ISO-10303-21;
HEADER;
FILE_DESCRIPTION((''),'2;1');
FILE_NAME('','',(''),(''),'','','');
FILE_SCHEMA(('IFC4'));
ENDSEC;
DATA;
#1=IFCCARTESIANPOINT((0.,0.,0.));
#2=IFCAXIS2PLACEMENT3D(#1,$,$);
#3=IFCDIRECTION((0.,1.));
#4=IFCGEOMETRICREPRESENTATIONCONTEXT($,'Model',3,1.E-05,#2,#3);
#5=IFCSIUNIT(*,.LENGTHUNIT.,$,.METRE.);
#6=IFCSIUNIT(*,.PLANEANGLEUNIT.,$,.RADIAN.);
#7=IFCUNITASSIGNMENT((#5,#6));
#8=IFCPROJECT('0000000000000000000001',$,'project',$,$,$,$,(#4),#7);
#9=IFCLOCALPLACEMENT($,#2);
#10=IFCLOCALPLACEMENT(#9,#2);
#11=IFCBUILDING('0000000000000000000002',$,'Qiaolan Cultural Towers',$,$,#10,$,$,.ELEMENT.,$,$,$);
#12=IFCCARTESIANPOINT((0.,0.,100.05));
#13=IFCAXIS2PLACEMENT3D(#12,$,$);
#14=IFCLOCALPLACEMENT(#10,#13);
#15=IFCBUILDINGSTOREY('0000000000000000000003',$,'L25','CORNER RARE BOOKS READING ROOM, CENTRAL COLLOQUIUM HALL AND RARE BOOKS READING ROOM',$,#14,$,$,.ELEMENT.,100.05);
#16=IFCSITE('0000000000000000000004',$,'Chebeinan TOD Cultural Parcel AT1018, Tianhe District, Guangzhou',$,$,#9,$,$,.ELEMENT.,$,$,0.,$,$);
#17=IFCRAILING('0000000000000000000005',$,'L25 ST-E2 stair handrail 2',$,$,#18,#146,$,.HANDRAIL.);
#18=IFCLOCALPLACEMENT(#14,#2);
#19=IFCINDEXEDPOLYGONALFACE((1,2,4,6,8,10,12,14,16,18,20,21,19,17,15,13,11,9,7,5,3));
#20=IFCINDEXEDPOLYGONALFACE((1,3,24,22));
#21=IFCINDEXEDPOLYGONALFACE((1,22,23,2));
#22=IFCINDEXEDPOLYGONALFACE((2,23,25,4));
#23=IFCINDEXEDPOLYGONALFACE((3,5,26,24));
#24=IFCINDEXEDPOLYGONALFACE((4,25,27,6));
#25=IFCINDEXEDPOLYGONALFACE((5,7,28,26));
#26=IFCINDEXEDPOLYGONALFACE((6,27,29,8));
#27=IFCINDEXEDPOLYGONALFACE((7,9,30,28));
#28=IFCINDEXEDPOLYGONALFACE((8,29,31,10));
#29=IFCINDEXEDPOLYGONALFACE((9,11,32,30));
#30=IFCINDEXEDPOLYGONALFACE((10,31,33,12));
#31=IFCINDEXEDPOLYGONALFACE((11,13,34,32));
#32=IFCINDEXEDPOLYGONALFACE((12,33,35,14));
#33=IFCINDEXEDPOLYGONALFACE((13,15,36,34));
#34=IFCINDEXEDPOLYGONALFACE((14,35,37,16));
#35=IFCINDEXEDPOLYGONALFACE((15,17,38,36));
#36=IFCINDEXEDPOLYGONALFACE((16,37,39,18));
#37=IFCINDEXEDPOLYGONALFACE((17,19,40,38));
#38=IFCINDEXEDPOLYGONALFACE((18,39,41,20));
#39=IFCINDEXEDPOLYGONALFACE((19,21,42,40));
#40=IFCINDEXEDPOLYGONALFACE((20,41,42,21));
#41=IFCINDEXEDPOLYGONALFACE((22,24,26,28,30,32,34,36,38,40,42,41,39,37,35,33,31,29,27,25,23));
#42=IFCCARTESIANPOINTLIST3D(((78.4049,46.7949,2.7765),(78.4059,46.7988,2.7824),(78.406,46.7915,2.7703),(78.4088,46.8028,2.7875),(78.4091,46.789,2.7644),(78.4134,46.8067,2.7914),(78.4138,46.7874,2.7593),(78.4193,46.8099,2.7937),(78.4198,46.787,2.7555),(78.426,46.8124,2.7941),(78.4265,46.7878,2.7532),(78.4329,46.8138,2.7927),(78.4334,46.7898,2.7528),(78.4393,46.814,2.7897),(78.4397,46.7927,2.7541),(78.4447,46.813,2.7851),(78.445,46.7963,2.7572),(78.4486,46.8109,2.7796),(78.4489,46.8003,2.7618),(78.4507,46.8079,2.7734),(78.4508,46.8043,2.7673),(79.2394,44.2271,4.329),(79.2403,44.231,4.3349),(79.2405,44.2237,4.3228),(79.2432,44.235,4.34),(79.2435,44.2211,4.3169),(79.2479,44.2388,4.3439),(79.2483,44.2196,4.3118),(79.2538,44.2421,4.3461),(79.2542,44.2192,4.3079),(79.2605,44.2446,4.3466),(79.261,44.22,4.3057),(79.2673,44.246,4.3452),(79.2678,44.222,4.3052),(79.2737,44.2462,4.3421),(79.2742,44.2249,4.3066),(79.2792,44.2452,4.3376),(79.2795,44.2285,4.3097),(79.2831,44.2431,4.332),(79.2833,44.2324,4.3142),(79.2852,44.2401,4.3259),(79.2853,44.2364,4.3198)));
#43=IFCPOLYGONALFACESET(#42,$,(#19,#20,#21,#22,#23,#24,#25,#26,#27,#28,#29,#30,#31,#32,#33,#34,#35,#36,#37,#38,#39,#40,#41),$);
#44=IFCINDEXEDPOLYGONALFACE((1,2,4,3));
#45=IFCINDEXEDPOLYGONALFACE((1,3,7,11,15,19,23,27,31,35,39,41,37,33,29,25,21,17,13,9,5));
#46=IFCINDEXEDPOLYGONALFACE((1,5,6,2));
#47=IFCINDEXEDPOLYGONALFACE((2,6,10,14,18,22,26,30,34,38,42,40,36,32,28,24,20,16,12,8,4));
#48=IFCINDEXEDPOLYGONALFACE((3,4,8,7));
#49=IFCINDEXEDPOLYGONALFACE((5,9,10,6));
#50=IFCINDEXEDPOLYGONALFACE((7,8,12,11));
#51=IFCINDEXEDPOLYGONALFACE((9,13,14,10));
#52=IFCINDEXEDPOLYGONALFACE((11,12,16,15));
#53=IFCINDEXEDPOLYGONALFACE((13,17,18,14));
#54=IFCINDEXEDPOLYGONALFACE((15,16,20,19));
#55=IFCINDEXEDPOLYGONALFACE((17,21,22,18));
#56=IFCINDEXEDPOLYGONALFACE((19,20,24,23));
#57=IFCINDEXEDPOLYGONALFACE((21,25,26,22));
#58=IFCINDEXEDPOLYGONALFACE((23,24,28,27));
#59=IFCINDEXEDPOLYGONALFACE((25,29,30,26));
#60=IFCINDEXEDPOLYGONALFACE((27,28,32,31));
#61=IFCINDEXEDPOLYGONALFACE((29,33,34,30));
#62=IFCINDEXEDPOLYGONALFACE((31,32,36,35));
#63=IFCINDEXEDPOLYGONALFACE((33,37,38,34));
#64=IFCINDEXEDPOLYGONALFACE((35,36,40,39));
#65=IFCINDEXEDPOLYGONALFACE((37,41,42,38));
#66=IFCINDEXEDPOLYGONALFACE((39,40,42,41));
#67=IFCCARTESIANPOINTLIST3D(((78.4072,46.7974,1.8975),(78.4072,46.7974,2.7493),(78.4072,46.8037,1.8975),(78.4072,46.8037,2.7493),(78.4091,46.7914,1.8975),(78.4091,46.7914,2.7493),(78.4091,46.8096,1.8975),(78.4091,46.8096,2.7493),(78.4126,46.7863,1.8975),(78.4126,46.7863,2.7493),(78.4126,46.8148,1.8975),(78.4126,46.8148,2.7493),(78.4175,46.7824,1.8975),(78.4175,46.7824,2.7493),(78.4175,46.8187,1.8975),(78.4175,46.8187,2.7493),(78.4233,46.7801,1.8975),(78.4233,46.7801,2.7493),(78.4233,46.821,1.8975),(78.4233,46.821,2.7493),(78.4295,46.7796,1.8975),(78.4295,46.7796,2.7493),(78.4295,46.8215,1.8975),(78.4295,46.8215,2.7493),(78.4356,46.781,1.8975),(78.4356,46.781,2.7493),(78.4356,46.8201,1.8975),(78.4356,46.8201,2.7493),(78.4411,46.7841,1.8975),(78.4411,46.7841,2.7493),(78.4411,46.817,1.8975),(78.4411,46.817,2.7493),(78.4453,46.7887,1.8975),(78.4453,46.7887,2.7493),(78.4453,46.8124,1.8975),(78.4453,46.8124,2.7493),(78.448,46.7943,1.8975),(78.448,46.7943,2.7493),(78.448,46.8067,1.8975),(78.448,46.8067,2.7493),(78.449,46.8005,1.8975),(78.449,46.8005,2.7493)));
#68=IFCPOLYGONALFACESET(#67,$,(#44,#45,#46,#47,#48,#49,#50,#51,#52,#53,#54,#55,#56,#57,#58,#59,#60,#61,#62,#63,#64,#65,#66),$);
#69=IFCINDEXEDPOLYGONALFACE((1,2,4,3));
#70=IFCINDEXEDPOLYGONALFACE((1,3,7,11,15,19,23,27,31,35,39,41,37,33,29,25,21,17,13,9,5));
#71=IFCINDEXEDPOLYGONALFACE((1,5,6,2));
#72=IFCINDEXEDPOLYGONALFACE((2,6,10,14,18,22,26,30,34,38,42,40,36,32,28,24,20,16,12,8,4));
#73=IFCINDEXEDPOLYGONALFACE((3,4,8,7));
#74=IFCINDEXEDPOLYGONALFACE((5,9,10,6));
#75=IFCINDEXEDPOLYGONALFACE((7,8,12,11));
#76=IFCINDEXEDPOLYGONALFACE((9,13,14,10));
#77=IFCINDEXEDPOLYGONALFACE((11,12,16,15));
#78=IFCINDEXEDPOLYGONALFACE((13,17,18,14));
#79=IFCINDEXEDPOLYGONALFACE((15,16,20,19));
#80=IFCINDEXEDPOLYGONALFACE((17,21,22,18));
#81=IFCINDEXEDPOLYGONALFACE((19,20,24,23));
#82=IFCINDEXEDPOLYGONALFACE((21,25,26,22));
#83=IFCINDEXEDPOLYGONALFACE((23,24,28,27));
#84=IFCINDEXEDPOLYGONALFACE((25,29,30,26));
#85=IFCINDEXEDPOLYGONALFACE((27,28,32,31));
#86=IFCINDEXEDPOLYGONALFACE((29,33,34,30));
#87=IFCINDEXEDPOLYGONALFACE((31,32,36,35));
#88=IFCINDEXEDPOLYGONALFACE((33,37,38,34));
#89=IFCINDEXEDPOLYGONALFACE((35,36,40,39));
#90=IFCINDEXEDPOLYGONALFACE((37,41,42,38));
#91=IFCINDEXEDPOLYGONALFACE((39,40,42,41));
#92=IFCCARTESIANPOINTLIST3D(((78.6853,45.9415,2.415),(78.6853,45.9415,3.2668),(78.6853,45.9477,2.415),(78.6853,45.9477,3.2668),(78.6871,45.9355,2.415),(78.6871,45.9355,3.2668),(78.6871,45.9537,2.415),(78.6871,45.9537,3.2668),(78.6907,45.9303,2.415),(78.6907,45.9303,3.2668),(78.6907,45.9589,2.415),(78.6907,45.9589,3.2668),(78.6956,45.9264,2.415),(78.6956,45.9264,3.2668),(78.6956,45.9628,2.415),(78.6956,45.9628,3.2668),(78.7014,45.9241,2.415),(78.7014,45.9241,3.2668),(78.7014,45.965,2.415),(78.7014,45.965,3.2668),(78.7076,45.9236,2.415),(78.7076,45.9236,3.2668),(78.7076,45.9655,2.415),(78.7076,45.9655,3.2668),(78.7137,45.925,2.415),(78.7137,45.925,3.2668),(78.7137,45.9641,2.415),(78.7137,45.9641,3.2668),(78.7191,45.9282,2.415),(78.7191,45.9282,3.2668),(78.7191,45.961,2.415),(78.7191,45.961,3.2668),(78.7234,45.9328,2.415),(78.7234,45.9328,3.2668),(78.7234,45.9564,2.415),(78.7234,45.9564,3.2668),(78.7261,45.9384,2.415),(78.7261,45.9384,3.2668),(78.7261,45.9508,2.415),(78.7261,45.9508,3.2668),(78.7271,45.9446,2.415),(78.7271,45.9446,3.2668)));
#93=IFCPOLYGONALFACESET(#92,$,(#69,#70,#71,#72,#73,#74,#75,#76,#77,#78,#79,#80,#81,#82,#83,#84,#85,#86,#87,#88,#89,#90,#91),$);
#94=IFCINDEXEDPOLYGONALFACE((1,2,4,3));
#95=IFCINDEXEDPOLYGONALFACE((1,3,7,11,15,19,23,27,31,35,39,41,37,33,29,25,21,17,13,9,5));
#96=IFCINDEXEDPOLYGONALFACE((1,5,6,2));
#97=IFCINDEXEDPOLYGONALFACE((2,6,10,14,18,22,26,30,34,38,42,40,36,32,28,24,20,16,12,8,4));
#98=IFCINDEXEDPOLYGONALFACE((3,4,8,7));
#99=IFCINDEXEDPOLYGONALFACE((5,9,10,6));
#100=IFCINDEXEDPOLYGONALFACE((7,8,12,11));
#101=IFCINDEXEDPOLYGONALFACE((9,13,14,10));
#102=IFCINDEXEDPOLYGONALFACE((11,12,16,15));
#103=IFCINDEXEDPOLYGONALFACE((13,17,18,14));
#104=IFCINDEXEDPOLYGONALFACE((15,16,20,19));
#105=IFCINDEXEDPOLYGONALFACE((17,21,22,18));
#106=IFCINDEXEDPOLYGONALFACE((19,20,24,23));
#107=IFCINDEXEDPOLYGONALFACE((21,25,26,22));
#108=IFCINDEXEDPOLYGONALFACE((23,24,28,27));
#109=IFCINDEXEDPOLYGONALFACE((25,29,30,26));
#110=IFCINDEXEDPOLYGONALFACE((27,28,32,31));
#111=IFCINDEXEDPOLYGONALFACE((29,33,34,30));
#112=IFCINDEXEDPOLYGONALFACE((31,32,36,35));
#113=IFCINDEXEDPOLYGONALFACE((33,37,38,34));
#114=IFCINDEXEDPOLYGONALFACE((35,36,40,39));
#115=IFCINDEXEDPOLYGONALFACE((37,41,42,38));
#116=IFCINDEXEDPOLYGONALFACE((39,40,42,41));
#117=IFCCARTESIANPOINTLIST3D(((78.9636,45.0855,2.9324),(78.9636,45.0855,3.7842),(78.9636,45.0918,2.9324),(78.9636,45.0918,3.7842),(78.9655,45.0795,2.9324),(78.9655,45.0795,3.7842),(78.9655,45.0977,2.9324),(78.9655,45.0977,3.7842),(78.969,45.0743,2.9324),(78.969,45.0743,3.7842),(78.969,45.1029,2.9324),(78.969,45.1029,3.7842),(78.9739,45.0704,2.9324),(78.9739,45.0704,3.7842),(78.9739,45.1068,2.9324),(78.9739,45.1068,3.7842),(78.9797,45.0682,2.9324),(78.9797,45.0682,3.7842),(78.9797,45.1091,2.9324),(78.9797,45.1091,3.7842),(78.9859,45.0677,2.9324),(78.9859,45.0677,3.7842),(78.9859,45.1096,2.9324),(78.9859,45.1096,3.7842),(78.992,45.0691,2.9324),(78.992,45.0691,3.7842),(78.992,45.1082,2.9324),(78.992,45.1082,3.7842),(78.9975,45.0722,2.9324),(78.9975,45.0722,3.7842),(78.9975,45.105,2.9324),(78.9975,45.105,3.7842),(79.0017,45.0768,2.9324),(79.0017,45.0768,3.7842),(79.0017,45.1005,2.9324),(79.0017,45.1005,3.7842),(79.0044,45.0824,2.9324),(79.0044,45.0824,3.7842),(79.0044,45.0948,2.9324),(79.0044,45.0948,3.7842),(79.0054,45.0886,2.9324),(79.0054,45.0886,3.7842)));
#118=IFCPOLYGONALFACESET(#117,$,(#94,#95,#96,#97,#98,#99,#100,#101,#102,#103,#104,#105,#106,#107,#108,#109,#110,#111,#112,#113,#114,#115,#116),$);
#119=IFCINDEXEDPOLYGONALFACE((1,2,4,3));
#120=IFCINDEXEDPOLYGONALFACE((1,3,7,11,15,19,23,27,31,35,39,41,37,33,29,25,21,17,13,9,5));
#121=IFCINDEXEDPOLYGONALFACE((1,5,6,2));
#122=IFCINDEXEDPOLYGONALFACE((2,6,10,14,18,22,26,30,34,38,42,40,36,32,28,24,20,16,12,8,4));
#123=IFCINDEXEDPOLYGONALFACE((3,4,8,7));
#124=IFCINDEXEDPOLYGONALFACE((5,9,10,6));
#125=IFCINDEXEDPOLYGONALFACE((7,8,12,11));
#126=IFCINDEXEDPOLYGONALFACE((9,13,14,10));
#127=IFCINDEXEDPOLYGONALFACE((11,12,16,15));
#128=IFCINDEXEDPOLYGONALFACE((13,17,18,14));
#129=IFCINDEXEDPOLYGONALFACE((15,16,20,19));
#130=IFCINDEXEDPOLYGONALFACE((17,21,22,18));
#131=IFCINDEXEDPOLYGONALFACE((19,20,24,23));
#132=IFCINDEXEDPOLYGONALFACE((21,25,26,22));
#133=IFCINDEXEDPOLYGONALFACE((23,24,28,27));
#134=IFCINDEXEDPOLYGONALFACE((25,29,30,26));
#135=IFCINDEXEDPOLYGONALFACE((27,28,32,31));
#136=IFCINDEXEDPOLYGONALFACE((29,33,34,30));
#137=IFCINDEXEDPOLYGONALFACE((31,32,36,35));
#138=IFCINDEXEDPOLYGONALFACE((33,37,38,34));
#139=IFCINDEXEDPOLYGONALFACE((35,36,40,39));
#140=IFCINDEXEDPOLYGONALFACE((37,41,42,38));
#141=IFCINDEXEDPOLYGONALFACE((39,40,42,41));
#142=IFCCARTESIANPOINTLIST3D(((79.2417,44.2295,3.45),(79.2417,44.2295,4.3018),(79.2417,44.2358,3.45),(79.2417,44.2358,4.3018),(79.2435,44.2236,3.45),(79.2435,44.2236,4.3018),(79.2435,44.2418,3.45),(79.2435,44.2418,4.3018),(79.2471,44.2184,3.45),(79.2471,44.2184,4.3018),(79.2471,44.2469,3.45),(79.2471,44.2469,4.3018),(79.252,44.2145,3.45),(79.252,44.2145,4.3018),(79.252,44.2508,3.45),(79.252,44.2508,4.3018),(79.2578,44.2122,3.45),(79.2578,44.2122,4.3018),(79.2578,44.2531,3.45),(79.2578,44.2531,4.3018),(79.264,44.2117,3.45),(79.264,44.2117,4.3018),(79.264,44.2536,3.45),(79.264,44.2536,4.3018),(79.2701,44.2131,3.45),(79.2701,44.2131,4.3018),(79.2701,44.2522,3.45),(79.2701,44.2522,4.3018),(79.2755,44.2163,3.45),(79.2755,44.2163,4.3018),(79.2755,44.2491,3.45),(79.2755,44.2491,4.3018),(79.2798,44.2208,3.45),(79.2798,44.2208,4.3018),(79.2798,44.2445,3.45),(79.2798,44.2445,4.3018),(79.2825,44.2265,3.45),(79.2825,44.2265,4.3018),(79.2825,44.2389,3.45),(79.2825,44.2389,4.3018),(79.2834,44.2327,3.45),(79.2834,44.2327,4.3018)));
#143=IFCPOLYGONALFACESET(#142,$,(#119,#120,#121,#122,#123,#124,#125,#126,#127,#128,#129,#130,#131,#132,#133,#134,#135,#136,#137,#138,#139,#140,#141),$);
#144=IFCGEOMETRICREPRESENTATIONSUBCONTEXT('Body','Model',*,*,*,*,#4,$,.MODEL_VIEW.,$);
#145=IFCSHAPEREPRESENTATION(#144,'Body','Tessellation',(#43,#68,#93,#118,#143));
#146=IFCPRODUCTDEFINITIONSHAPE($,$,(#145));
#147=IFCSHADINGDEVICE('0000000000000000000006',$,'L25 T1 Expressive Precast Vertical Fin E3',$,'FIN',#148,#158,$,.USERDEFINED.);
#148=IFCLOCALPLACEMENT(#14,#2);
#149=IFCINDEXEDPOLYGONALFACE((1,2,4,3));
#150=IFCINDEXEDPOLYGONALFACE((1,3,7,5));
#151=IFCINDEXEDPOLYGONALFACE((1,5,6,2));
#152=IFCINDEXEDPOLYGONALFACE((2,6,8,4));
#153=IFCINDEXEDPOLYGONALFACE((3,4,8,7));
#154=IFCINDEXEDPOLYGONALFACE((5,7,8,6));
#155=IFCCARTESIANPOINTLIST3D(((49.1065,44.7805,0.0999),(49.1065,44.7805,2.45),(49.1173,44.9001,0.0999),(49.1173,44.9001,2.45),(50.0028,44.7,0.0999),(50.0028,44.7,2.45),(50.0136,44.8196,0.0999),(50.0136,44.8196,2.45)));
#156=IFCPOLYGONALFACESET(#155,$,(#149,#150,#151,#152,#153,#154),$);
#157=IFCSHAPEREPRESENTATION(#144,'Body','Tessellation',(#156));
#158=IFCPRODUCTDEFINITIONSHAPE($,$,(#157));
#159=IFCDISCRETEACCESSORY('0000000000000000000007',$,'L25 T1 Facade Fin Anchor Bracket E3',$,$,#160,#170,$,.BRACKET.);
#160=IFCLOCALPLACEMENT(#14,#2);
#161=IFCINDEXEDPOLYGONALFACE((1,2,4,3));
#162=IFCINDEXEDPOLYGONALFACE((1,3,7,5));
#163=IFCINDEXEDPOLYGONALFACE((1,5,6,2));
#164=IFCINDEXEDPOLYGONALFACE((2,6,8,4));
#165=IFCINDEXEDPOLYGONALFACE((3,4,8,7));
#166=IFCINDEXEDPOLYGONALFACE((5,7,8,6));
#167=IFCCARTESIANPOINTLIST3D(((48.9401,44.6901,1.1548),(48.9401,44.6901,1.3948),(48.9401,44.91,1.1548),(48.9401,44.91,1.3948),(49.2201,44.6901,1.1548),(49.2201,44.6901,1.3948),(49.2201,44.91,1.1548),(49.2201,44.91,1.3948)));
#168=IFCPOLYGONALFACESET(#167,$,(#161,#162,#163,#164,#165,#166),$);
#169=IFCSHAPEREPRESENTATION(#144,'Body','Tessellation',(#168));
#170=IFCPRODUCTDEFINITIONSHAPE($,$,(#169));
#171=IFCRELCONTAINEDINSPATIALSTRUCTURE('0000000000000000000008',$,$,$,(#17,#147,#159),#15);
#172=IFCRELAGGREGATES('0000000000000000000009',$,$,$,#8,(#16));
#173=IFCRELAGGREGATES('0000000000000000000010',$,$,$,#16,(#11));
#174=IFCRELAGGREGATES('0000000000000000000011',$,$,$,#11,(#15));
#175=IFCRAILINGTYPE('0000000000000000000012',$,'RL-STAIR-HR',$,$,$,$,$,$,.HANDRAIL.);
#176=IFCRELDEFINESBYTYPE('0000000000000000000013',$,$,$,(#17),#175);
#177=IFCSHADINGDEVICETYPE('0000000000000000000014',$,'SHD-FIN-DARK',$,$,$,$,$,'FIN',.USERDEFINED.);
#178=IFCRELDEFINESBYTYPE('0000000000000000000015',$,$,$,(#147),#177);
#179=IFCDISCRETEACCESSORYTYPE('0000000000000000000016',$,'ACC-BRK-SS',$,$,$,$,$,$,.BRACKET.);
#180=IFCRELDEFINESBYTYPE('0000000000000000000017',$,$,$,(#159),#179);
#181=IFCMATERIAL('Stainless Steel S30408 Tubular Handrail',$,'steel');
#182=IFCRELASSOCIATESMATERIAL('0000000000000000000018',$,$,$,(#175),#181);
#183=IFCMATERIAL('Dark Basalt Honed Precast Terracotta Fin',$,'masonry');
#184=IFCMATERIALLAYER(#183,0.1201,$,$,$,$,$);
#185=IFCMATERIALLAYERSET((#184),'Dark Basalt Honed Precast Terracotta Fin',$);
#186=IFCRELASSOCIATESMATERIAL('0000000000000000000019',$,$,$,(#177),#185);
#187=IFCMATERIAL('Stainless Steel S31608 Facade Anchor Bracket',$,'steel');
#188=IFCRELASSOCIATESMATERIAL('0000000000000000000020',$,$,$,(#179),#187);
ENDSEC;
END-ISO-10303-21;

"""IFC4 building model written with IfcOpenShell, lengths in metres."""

from ifc_helpers import new_model, si_unit, direction, frame, origin, origin_2d, place, context, subcontext, project, spatial, rectangle, circle, extrude, material, layer, layer_set, type_object, element, save


model = new_model("IFC4")

# Units and contexts
model_context = context("Model", 3, precision=1e-05, world=origin(), true_north=direction((0.0, 1.0)))
body_context = subcontext(model_context, "Body", "Model", "MODEL_VIEW")
ifc_project = project(units=[si_unit("LENGTHUNIT", "METRE"), si_unit("PLANEANGLEUNIT", "RADIAN")], contexts=[model_context])

# Site, building, storey
site_placement = place(None, origin())
site = spatial("IfcSite", under=ifc_project, at=site_placement, Name="Chebeinan TOD Cultural Parcel AT1018, Tianhe District, Guangzhou", CompositionType="ELEMENT", RefElevation=0.0)
building_placement = place(site_placement, origin())
building = spatial("IfcBuilding", under=site, at=building_placement, Name="Qiaolan Cultural Towers", CompositionType="ELEMENT")
storey_placement = place(building_placement, frame((0.0, 0.0, 100.05)))
storey = spatial("IfcBuildingStorey", under=building, at=storey_placement, Name="L25", Description="CORNER RARE BOOKS READING ROOM, CENTRAL COLLOQUIUM HALL AND RARE BOOKS READING ROOM", CompositionType="ELEMENT", Elevation=100.05)

# Railing
ifc_material_1 = material(Name="Stainless Steel S30408 Tubular Handrail", Category="steel")
railing_type = type_object("IfcRailingType", Name="RL-STAIR-HR", PredefinedType="HANDRAIL", material=ifc_material_1)
railing_placement = place(storey_placement, frame((78.428, 46.8005, 1.8975)))
element("IfcRailing", 1, at=railing_placement, inside=storey, type_object=railing_type, Name="L25 ST-E2 stair handrail 2", PredefinedType="HANDRAIL", context=body_context, shape_type="SweptSolid", body=[
    extrude(circle(Radius=0.0239, at=origin_2d()), frame((0.0, 0.0, 0.876), z_axis=(0.267926, -0.824471, 0.498461), x_axis=(0.951043, 0.309057, 0.0)), (0.0, 0.0, 1.0), 3.1145),
    extrude(circle(Radius=0.021, at=origin_2d()), origin(), (0.0, 0.0, 1.0), 0.8518),
    extrude(circle(Radius=0.021, at=origin_2d()), frame((0.2781, -0.856, 0.5176)), (0.0, 0.0, 1.0), 0.8518),
    extrude(circle(Radius=0.021, at=origin_2d()), frame((0.5564, -1.7119, 1.0349)), (0.0, 0.0, 1.0), 0.8518),
    extrude(circle(Radius=0.021, at=origin_2d()), frame((0.8345, -2.5679, 1.5525)), (0.0, 0.0, 1.0), 0.8518),
])

# Shading device
ifc_material_2 = material(Name="Dark Basalt Honed Precast Terracotta Fin", Category="masonry")
ifc_layer_1 = layer(ifc_material_2, 0.1201)
ifc_layer_set_1 = layer_set([ifc_layer_1], Name="Dark Basalt Honed Precast Terracotta Fin")
shading_device_type = type_object("IfcShadingDeviceType", Name="SHD-FIN-DARK", ElementType="FIN", PredefinedType="USERDEFINED", material=ifc_layer_set_1)
shading_device_placement = place(storey_placement, frame((49.5601, 44.8, 0.0999), z_axis=(0.0, 0.0, 1.0), x_axis=(0.995994, -0.089421, 0.0)))
element("IfcShadingDevice", 2, at=shading_device_placement, inside=storey, type_object=shading_device_type, Name="L25 T1 Expressive Precast Vertical Fin E3", ObjectType="FIN", PredefinedType="USERDEFINED", context=body_context, shape_type="SweptSolid", body=[
    extrude(rectangle(XDim=0.8999, YDim=0.1201, at=origin_2d()), origin(), (0.0, 0.0, 1.0), 2.3501),
])

# Discrete accessory
ifc_material_3 = material(Name="Stainless Steel S31608 Facade Anchor Bracket", Category="steel")
discrete_accessory_type = type_object("IfcDiscreteAccessoryType", Name="ACC-BRK-SS", PredefinedType="BRACKET", material=ifc_material_3)
discrete_accessory_placement = place(storey_placement, frame((49.0801, 44.8, 1.1548), z_axis=(0.0, 0.0, 1.0), x_axis=(1.0, 0.0, 0.0)))
element("IfcDiscreteAccessory", 3, at=discrete_accessory_placement, inside=storey, type_object=discrete_accessory_type, Name="L25 T1 Facade Fin Anchor Bracket E3", PredefinedType="BRACKET", context=body_context, shape_type="SweptSolid", body=[
    extrude(rectangle(XDim=0.28, YDim=0.22, at=origin_2d()), origin(), (0.0, 0.0, 1.0), 0.24),
])

save(model, "model.ifc")
